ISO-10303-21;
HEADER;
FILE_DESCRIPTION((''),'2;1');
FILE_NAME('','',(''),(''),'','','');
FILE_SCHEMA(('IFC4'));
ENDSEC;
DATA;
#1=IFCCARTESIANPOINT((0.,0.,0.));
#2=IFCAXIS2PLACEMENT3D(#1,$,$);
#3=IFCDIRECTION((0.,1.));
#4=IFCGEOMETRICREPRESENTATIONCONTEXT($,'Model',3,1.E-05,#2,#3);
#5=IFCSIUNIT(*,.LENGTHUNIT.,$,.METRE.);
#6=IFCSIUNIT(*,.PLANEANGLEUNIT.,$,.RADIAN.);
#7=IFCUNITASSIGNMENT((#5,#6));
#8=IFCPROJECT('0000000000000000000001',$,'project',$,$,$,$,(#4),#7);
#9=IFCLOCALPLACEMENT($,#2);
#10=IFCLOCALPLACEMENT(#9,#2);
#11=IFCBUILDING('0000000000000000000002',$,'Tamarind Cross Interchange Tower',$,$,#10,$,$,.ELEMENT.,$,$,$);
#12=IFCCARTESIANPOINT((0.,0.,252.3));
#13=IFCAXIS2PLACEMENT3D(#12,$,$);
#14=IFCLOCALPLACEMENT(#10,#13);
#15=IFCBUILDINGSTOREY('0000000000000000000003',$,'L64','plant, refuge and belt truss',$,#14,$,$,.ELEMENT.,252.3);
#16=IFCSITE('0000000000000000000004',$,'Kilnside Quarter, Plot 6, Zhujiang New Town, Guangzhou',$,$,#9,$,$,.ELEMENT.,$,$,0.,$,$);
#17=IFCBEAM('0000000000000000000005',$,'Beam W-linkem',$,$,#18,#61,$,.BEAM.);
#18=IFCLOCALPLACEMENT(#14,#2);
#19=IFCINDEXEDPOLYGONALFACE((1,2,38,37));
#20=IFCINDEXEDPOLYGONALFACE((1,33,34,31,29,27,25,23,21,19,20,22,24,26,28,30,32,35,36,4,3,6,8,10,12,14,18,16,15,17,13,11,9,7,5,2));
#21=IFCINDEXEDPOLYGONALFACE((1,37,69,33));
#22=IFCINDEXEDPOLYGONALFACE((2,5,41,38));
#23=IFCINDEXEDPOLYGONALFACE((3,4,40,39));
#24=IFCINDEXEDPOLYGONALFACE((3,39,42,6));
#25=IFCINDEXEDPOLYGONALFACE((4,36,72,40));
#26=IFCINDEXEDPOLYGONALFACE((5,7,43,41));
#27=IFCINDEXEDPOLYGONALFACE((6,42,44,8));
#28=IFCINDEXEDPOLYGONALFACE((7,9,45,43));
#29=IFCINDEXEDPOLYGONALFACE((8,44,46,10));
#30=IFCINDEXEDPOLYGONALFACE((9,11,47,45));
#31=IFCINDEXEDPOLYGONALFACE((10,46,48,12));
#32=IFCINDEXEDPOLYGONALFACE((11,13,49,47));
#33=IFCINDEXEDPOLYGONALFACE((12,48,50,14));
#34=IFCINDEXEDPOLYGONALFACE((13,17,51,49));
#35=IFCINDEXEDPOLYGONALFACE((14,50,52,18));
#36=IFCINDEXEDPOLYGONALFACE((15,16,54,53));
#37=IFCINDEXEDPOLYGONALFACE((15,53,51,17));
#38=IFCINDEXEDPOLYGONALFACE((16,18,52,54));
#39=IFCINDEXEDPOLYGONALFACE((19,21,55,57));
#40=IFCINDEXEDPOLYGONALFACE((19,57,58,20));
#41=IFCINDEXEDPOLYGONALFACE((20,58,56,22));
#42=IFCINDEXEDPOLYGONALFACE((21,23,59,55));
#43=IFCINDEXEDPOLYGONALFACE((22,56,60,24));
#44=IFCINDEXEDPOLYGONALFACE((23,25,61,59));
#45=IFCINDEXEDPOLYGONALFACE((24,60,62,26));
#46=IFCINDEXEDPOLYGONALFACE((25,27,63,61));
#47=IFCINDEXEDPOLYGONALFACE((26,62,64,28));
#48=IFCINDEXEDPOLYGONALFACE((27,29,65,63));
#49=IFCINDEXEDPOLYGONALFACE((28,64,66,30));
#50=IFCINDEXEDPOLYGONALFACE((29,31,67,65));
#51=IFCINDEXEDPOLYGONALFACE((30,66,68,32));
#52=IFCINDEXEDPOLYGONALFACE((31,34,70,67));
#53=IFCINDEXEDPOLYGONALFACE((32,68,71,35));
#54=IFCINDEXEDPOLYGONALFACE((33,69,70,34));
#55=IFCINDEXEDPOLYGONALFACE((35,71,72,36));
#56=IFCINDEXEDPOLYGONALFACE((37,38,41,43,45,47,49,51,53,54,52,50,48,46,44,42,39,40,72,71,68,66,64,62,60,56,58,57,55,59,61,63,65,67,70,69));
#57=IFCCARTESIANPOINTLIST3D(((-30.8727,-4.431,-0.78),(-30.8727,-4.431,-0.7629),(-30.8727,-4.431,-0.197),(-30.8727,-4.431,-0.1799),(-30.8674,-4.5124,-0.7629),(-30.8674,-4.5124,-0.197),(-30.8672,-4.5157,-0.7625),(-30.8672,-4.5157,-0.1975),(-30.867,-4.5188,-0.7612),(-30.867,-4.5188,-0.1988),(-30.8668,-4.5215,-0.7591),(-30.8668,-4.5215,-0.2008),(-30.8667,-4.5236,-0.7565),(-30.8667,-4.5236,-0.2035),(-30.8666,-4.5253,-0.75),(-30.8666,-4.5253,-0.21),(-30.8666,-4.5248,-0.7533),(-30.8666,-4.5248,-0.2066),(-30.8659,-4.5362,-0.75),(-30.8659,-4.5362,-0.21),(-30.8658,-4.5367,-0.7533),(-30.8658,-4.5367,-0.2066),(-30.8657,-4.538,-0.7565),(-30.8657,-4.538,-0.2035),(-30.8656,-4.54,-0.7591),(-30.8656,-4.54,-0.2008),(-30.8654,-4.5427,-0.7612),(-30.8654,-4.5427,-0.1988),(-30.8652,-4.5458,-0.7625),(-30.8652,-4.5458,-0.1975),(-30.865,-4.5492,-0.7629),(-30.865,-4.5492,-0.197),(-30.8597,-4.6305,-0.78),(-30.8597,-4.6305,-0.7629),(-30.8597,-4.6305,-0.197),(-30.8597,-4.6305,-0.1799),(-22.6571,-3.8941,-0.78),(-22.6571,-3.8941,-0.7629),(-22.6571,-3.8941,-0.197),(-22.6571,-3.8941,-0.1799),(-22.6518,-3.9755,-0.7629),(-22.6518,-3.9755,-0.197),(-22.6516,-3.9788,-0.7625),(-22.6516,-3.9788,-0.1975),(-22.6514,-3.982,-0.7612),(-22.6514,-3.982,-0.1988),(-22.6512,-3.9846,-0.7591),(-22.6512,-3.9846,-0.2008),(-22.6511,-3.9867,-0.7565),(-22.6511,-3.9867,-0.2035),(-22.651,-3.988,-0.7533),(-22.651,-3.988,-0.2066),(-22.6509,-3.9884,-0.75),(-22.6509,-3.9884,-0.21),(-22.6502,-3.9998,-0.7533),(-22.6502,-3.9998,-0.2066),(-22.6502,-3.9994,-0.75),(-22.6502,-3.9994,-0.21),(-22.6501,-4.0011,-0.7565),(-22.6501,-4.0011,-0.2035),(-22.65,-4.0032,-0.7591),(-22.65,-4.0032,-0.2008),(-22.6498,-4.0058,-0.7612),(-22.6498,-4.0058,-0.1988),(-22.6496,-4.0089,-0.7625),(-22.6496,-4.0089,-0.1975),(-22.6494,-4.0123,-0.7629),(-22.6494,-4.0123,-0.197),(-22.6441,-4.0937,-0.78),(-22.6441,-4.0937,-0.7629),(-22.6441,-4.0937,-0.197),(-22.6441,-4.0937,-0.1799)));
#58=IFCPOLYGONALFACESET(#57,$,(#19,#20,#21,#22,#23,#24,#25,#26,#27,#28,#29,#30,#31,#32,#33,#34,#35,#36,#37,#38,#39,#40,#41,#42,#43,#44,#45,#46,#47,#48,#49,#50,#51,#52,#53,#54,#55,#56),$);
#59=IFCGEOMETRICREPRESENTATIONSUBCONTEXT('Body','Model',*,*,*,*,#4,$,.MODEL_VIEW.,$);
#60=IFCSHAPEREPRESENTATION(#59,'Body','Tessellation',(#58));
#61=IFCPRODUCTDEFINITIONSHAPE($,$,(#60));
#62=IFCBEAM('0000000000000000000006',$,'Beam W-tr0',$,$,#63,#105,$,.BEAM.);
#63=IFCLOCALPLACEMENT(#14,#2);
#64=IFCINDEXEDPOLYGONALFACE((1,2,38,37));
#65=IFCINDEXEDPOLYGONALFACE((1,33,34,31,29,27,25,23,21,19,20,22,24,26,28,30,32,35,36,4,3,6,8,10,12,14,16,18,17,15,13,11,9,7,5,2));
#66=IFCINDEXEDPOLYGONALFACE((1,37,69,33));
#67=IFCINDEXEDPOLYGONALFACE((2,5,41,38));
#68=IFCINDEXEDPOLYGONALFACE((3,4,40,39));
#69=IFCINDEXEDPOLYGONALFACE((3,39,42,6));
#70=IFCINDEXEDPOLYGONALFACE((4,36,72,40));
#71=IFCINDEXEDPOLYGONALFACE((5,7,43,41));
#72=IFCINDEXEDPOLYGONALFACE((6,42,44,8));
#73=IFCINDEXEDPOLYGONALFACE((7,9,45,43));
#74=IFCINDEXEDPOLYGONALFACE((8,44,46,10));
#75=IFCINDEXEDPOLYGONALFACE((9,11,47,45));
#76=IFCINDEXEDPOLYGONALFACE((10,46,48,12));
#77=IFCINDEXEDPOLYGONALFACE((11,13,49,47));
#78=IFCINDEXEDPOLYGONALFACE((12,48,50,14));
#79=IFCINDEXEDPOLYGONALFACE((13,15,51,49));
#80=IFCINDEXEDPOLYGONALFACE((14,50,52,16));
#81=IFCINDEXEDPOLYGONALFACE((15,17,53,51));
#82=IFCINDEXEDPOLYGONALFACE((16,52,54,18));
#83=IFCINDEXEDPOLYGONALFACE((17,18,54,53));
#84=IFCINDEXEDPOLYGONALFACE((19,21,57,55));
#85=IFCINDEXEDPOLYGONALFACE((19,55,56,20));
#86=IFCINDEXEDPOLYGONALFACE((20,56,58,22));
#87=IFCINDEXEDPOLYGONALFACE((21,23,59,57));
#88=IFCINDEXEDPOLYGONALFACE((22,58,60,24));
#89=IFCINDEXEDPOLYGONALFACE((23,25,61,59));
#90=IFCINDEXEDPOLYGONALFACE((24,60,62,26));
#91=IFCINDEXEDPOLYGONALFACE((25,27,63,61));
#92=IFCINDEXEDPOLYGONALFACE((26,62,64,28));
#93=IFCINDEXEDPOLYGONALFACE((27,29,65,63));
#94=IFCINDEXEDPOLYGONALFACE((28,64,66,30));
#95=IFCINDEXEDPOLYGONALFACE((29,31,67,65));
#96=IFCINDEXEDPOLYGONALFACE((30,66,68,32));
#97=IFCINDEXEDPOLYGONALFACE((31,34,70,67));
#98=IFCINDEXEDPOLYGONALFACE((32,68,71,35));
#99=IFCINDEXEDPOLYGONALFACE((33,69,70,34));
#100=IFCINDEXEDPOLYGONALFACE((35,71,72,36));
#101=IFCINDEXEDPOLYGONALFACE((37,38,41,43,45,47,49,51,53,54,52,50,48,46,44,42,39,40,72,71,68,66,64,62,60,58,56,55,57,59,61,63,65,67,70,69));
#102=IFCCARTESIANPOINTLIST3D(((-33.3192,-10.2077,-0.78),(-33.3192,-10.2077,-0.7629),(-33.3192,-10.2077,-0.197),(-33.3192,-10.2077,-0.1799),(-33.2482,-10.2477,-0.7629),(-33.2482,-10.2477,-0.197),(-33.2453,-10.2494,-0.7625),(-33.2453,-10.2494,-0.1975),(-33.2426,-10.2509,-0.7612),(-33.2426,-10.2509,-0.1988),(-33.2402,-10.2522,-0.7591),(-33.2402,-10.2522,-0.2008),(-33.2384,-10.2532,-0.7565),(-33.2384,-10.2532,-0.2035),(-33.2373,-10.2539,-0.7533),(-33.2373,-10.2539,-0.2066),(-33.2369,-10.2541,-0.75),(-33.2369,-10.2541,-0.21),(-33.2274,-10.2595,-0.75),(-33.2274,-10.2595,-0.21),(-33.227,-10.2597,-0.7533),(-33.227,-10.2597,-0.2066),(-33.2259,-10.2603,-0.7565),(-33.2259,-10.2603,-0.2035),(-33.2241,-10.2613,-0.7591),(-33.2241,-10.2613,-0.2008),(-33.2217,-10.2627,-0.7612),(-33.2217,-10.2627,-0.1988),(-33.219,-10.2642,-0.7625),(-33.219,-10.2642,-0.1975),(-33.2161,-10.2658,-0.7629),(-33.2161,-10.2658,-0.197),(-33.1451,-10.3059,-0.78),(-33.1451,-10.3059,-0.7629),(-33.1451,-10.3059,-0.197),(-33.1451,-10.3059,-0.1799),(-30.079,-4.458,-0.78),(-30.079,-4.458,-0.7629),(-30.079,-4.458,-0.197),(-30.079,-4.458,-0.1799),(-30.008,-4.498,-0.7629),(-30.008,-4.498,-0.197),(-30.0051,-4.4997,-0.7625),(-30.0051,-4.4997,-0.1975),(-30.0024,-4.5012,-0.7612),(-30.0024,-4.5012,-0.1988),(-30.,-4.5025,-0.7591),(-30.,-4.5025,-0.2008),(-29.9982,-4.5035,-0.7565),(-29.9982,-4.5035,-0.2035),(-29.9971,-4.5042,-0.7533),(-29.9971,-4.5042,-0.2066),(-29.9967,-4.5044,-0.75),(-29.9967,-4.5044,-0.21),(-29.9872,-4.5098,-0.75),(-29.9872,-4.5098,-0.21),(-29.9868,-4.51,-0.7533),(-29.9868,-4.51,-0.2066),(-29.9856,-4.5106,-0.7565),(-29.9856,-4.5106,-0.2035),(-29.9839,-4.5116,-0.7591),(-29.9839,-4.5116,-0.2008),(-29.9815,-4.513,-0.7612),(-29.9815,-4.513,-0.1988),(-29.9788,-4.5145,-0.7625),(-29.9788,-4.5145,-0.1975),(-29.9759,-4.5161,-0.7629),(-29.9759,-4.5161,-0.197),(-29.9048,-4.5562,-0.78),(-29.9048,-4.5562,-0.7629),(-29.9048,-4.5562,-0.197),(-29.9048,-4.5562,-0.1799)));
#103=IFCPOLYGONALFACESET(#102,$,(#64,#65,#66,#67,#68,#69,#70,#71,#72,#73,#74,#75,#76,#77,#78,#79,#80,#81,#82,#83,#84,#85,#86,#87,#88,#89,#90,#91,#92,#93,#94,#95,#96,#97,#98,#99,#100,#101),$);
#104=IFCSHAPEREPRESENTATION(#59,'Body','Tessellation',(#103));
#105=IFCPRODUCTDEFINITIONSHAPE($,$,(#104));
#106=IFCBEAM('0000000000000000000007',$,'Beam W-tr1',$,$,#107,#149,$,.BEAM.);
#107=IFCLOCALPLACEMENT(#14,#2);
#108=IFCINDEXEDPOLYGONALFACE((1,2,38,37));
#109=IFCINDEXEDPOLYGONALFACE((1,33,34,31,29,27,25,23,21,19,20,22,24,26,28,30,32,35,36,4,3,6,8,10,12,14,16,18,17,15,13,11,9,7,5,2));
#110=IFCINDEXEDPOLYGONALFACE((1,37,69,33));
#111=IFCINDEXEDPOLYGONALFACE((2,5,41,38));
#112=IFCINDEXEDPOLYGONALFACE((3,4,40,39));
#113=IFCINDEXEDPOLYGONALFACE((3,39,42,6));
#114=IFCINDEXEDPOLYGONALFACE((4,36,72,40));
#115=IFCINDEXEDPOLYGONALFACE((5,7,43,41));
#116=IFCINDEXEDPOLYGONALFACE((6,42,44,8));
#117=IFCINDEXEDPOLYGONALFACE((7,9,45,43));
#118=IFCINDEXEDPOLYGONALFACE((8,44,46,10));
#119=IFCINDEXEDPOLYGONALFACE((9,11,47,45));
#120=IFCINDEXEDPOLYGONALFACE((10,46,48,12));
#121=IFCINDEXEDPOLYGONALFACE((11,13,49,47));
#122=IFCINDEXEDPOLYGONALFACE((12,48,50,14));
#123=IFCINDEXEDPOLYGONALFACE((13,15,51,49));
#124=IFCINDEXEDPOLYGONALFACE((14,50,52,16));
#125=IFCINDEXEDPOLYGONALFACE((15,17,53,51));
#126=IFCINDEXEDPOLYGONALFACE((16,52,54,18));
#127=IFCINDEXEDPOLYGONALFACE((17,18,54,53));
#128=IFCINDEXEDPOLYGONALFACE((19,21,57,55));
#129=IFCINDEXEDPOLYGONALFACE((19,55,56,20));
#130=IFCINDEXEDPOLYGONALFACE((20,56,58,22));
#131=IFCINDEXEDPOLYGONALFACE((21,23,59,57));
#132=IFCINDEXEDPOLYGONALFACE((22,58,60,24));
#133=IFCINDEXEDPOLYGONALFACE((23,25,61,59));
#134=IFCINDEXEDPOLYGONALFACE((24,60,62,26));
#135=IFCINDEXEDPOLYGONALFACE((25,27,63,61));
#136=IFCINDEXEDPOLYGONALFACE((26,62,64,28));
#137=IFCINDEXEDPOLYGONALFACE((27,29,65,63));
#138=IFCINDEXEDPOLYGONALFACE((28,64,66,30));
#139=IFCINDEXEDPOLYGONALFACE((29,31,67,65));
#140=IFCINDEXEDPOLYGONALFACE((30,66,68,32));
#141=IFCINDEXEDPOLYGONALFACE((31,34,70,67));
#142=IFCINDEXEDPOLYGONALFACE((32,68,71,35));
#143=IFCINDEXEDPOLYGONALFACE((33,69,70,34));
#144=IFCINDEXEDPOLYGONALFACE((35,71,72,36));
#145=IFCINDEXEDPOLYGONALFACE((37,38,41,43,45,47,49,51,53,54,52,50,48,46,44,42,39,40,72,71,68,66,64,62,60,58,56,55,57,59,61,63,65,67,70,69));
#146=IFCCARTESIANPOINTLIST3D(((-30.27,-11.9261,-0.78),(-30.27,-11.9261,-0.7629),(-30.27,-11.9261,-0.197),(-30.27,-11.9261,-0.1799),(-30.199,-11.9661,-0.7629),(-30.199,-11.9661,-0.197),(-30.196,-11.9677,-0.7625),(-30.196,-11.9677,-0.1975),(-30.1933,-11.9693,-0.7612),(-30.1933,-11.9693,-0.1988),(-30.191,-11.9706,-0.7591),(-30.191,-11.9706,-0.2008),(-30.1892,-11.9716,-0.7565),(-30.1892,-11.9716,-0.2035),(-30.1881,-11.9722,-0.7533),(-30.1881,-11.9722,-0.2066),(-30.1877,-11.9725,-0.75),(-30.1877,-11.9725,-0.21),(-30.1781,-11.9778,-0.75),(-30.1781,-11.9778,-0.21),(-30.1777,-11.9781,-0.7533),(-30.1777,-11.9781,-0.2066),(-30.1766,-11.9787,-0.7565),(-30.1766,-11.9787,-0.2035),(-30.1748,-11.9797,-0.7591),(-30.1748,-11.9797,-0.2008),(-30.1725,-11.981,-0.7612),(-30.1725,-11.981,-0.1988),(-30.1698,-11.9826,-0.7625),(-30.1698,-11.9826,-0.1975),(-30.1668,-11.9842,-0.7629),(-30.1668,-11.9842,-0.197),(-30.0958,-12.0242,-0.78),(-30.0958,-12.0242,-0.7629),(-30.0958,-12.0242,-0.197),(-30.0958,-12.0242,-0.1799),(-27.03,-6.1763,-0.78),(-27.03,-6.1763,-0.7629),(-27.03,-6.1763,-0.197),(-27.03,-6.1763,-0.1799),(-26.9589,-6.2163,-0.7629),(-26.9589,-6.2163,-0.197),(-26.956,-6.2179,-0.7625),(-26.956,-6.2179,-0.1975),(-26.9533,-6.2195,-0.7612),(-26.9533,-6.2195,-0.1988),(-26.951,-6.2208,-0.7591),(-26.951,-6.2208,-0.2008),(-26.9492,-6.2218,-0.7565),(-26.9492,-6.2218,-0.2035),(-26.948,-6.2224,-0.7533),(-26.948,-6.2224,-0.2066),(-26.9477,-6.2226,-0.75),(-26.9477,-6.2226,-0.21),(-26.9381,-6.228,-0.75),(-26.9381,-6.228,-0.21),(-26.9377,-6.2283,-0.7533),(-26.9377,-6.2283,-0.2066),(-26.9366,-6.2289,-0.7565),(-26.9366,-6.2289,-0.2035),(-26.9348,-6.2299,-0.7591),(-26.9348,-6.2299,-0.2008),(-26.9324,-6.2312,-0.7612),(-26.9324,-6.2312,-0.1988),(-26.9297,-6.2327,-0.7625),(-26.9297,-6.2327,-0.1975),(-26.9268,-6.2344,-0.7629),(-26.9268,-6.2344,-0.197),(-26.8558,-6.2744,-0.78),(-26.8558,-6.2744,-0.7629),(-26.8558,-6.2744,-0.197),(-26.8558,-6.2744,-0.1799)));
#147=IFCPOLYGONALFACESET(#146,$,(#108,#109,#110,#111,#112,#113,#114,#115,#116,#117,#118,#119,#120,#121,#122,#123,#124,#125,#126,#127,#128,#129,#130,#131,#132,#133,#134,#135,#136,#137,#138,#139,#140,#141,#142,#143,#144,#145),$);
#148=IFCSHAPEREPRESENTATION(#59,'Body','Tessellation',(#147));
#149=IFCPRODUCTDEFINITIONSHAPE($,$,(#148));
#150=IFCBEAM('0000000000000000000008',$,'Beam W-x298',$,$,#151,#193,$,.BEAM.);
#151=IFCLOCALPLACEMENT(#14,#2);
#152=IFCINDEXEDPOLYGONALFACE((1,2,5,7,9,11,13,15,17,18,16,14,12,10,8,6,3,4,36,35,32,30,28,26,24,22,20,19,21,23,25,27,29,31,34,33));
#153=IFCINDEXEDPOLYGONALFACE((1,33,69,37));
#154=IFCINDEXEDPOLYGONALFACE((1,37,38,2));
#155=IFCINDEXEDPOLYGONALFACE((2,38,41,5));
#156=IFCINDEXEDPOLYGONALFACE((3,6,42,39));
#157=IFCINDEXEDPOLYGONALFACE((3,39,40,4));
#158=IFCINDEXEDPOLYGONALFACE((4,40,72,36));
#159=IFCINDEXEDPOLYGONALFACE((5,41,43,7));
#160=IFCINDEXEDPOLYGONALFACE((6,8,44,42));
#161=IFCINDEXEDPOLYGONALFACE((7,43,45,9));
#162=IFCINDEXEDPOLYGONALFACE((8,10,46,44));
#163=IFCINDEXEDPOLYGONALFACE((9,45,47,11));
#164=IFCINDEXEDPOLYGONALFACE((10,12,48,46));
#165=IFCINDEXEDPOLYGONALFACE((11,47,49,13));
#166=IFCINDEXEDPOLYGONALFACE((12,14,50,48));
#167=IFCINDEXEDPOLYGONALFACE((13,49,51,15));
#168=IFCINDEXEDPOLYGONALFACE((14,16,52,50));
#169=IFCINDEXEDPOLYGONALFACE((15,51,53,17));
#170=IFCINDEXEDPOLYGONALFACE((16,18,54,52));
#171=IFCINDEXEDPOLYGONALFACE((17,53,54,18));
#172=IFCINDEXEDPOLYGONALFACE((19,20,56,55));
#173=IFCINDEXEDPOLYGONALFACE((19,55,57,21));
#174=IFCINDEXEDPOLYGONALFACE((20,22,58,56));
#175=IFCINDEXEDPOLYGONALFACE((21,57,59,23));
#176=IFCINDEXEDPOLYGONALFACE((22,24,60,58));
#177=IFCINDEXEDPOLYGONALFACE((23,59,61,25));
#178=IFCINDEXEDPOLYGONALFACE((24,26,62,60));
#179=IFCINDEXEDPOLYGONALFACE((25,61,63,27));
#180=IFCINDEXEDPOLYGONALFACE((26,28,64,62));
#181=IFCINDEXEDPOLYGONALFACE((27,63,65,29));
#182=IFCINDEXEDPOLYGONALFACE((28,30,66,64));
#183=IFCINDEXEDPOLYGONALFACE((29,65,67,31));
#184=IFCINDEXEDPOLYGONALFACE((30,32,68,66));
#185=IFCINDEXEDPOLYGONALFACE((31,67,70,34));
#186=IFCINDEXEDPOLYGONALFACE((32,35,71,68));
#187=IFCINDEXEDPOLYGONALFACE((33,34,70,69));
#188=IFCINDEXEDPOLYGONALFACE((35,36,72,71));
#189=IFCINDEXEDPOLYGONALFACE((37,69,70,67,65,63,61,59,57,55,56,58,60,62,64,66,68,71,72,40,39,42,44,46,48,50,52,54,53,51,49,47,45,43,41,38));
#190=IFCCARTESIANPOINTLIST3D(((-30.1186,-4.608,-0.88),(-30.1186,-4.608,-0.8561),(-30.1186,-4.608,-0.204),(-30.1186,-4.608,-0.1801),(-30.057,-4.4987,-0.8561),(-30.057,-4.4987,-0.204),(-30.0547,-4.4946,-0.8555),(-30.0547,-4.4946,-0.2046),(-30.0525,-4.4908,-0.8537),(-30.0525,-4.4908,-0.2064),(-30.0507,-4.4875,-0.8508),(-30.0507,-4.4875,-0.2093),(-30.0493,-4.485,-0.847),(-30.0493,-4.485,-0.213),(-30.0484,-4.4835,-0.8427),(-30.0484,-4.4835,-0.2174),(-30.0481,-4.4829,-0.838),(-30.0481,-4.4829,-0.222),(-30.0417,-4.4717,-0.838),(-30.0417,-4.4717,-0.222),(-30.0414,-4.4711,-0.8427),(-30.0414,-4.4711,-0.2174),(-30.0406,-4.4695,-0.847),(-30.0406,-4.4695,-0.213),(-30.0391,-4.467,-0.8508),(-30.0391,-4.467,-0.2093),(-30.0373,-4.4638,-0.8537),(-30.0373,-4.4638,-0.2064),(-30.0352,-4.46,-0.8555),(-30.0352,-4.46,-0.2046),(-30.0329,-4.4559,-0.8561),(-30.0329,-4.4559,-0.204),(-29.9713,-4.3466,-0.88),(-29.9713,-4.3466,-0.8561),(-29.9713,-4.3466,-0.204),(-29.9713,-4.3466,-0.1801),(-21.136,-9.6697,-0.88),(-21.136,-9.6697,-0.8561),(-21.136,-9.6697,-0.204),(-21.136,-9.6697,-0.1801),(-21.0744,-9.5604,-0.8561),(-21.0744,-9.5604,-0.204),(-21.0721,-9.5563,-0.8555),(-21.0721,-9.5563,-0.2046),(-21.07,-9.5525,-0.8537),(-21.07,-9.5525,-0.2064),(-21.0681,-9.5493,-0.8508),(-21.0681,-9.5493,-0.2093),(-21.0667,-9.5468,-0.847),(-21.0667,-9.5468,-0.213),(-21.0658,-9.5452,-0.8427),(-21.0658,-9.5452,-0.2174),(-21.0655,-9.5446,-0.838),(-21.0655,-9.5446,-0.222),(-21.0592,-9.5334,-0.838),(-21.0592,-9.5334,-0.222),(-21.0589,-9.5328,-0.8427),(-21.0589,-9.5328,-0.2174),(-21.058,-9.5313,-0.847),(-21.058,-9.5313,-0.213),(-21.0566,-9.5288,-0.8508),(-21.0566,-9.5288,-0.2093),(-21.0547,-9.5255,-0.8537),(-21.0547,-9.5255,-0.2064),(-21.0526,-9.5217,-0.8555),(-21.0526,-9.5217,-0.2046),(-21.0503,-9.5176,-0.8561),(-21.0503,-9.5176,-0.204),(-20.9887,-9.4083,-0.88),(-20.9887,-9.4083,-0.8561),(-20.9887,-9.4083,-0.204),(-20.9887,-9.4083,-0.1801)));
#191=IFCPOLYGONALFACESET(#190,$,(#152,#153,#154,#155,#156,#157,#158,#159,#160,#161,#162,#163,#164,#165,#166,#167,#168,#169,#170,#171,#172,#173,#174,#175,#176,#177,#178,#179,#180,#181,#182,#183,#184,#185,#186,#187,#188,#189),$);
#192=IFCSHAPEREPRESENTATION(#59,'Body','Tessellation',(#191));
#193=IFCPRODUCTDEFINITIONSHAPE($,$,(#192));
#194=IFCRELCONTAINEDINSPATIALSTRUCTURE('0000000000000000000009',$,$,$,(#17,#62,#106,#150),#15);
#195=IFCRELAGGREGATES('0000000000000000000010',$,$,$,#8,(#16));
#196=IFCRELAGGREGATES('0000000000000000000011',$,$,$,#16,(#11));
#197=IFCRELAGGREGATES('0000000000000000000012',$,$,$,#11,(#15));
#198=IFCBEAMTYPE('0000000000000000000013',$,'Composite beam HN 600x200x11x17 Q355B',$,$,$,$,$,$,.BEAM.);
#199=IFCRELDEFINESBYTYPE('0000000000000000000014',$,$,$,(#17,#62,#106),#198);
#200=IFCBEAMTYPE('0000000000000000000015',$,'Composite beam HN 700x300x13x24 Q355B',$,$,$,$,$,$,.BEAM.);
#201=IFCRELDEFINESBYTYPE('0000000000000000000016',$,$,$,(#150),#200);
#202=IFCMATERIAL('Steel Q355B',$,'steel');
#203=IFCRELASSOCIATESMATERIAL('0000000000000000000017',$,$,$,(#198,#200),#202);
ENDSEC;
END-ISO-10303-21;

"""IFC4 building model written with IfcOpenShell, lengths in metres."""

from ifc_helpers import new_model, si_unit, direction, frame, origin, origin_2d, place, context, subcontext, project, spatial, i_section, extrude, material, material_profile, profile_set, type_object, element, save


model = new_model("IFC4")

# Units and contexts
model_context = context("Model", 3, precision=1e-05, world=origin(), true_north=direction((0.0, 1.0)))
body_context = subcontext(model_context, "Body", "Model", "MODEL_VIEW")
ifc_project = project(units=[si_unit("LENGTHUNIT", "METRE"), si_unit("PLANEANGLEUNIT", "RADIAN")], contexts=[model_context])

# Site, building, storey
site_placement = place(None, origin())
site = spatial("IfcSite", under=ifc_project, at=site_placement, Name="Kilnside Quarter, Plot 6, Zhujiang New Town, Guangzhou", CompositionType="ELEMENT", RefElevation=0.0)
building_placement = place(site_placement, origin())
building = spatial("IfcBuilding", under=site, at=building_placement, Name="Tamarind Cross Interchange Tower", CompositionType="ELEMENT")
storey_placement = place(building_placement, frame((0.0, 0.0, 252.3)))
storey = spatial("IfcBuildingStorey", under=building, at=storey_placement, Name="L64", Description="plant, refuge and belt truss", CompositionType="ELEMENT", Elevation=252.3)

# Beams
ifc_material_1 = material(Name="Steel Q355B", Category="steel")
ifc_material_profile_1 = material_profile(ifc_material_1, i_section(OverallWidth=0.2, OverallDepth=0.6001, WebThickness=0.011, FlangeThickness=0.0171, FilletRadius=0.0129, at=origin_2d()), Name="HN 600x200x11x17")
ifc_profile_set_1 = profile_set([ifc_material_profile_1], Name="Steel Q355B")
beam_type_1 = type_object("IfcBeamType", Name="Composite beam HN 600x200x11x17 Q355B", PredefinedType="BEAM", material=ifc_profile_set_1)
beam_1_placement = place(storey_placement, frame((-30.8662, -4.5308, -0.48), z_axis=(0.997872, 0.065208, 0.0), x_axis=(-0.065208, 0.997872, 0.0)))
element("IfcBeam", 1, at=beam_1_placement, inside=storey, type_object=beam_type_1, Name="Beam W-linkem", PredefinedType="BEAM", context=body_context, shape_type="SweptSolid", body=[
    extrude(i_section(OverallWidth=0.2, OverallDepth=0.6001, WebThickness=0.011, FlangeThickness=0.0171, FilletRadius=0.0129, at=origin_2d()), origin(), (0.0, 0.0, 1.0), 8.2332),
])
for number, where, z_axis, x_axis, name in (
    (2, (-29.9919, -4.5071, -0.48), (-0.490951, -0.871187, 0.0), (0.871187, -0.490951, 0.0), "Beam W-tr0"),
    (3, (-26.9429, -6.2253, -0.48), (-0.490923, -0.871203, 0.0), (0.871203, -0.490923, 0.0), "Beam W-tr1"),
):
    element("IfcBeam", number, at=place(storey_placement, frame(where, z_axis=z_axis, x_axis=x_axis)), inside=storey, type_object=beam_type_1, Name=name, PredefinedType="BEAM", context=body_context, shape_type="SweptSolid", body=[
        extrude(i_section(OverallWidth=0.2, OverallDepth=0.6001, WebThickness=0.011, FlangeThickness=0.0171, FilletRadius=0.0129, at=origin_2d()), origin(), (0.0, 0.0, 1.0), 6.5999),
    ])
ifc_material_profile_2 = material_profile(ifc_material_1, i_section(OverallWidth=0.3, OverallDepth=0.7, WebThickness=0.0129, FlangeThickness=0.0239, FilletRadius=0.0181, at=origin_2d()), Name="HN 700x300x13x24")
ifc_profile_set_2 = profile_set([ifc_material_profile_2], Name="Steel Q355B")
beam_type_2 = type_object("IfcBeamType", Name="Composite beam HN 700x300x13x24 Q355B", PredefinedType="BEAM", material=ifc_profile_set_2)
beam_2_placement = place(storey_placement, frame((-30.0449, -4.4773, -0.53), z_axis=(0.871202, -0.490925, 0.0), x_axis=(0.490925, 0.871202, 0.0)))
element("IfcBeam", 4, at=beam_2_placement, inside=storey, type_object=beam_type_2, Name="Beam W-x298", PredefinedType="BEAM", context=body_context, shape_type="SweptSolid", body=[
    extrude(i_section(OverallWidth=0.3, OverallDepth=0.7, WebThickness=0.0129, FlangeThickness=0.0239, FilletRadius=0.0181, at=origin_2d()), origin(), (0.0, 0.0, 1.0), 10.3105),
])

save(model, "model.ifc")
